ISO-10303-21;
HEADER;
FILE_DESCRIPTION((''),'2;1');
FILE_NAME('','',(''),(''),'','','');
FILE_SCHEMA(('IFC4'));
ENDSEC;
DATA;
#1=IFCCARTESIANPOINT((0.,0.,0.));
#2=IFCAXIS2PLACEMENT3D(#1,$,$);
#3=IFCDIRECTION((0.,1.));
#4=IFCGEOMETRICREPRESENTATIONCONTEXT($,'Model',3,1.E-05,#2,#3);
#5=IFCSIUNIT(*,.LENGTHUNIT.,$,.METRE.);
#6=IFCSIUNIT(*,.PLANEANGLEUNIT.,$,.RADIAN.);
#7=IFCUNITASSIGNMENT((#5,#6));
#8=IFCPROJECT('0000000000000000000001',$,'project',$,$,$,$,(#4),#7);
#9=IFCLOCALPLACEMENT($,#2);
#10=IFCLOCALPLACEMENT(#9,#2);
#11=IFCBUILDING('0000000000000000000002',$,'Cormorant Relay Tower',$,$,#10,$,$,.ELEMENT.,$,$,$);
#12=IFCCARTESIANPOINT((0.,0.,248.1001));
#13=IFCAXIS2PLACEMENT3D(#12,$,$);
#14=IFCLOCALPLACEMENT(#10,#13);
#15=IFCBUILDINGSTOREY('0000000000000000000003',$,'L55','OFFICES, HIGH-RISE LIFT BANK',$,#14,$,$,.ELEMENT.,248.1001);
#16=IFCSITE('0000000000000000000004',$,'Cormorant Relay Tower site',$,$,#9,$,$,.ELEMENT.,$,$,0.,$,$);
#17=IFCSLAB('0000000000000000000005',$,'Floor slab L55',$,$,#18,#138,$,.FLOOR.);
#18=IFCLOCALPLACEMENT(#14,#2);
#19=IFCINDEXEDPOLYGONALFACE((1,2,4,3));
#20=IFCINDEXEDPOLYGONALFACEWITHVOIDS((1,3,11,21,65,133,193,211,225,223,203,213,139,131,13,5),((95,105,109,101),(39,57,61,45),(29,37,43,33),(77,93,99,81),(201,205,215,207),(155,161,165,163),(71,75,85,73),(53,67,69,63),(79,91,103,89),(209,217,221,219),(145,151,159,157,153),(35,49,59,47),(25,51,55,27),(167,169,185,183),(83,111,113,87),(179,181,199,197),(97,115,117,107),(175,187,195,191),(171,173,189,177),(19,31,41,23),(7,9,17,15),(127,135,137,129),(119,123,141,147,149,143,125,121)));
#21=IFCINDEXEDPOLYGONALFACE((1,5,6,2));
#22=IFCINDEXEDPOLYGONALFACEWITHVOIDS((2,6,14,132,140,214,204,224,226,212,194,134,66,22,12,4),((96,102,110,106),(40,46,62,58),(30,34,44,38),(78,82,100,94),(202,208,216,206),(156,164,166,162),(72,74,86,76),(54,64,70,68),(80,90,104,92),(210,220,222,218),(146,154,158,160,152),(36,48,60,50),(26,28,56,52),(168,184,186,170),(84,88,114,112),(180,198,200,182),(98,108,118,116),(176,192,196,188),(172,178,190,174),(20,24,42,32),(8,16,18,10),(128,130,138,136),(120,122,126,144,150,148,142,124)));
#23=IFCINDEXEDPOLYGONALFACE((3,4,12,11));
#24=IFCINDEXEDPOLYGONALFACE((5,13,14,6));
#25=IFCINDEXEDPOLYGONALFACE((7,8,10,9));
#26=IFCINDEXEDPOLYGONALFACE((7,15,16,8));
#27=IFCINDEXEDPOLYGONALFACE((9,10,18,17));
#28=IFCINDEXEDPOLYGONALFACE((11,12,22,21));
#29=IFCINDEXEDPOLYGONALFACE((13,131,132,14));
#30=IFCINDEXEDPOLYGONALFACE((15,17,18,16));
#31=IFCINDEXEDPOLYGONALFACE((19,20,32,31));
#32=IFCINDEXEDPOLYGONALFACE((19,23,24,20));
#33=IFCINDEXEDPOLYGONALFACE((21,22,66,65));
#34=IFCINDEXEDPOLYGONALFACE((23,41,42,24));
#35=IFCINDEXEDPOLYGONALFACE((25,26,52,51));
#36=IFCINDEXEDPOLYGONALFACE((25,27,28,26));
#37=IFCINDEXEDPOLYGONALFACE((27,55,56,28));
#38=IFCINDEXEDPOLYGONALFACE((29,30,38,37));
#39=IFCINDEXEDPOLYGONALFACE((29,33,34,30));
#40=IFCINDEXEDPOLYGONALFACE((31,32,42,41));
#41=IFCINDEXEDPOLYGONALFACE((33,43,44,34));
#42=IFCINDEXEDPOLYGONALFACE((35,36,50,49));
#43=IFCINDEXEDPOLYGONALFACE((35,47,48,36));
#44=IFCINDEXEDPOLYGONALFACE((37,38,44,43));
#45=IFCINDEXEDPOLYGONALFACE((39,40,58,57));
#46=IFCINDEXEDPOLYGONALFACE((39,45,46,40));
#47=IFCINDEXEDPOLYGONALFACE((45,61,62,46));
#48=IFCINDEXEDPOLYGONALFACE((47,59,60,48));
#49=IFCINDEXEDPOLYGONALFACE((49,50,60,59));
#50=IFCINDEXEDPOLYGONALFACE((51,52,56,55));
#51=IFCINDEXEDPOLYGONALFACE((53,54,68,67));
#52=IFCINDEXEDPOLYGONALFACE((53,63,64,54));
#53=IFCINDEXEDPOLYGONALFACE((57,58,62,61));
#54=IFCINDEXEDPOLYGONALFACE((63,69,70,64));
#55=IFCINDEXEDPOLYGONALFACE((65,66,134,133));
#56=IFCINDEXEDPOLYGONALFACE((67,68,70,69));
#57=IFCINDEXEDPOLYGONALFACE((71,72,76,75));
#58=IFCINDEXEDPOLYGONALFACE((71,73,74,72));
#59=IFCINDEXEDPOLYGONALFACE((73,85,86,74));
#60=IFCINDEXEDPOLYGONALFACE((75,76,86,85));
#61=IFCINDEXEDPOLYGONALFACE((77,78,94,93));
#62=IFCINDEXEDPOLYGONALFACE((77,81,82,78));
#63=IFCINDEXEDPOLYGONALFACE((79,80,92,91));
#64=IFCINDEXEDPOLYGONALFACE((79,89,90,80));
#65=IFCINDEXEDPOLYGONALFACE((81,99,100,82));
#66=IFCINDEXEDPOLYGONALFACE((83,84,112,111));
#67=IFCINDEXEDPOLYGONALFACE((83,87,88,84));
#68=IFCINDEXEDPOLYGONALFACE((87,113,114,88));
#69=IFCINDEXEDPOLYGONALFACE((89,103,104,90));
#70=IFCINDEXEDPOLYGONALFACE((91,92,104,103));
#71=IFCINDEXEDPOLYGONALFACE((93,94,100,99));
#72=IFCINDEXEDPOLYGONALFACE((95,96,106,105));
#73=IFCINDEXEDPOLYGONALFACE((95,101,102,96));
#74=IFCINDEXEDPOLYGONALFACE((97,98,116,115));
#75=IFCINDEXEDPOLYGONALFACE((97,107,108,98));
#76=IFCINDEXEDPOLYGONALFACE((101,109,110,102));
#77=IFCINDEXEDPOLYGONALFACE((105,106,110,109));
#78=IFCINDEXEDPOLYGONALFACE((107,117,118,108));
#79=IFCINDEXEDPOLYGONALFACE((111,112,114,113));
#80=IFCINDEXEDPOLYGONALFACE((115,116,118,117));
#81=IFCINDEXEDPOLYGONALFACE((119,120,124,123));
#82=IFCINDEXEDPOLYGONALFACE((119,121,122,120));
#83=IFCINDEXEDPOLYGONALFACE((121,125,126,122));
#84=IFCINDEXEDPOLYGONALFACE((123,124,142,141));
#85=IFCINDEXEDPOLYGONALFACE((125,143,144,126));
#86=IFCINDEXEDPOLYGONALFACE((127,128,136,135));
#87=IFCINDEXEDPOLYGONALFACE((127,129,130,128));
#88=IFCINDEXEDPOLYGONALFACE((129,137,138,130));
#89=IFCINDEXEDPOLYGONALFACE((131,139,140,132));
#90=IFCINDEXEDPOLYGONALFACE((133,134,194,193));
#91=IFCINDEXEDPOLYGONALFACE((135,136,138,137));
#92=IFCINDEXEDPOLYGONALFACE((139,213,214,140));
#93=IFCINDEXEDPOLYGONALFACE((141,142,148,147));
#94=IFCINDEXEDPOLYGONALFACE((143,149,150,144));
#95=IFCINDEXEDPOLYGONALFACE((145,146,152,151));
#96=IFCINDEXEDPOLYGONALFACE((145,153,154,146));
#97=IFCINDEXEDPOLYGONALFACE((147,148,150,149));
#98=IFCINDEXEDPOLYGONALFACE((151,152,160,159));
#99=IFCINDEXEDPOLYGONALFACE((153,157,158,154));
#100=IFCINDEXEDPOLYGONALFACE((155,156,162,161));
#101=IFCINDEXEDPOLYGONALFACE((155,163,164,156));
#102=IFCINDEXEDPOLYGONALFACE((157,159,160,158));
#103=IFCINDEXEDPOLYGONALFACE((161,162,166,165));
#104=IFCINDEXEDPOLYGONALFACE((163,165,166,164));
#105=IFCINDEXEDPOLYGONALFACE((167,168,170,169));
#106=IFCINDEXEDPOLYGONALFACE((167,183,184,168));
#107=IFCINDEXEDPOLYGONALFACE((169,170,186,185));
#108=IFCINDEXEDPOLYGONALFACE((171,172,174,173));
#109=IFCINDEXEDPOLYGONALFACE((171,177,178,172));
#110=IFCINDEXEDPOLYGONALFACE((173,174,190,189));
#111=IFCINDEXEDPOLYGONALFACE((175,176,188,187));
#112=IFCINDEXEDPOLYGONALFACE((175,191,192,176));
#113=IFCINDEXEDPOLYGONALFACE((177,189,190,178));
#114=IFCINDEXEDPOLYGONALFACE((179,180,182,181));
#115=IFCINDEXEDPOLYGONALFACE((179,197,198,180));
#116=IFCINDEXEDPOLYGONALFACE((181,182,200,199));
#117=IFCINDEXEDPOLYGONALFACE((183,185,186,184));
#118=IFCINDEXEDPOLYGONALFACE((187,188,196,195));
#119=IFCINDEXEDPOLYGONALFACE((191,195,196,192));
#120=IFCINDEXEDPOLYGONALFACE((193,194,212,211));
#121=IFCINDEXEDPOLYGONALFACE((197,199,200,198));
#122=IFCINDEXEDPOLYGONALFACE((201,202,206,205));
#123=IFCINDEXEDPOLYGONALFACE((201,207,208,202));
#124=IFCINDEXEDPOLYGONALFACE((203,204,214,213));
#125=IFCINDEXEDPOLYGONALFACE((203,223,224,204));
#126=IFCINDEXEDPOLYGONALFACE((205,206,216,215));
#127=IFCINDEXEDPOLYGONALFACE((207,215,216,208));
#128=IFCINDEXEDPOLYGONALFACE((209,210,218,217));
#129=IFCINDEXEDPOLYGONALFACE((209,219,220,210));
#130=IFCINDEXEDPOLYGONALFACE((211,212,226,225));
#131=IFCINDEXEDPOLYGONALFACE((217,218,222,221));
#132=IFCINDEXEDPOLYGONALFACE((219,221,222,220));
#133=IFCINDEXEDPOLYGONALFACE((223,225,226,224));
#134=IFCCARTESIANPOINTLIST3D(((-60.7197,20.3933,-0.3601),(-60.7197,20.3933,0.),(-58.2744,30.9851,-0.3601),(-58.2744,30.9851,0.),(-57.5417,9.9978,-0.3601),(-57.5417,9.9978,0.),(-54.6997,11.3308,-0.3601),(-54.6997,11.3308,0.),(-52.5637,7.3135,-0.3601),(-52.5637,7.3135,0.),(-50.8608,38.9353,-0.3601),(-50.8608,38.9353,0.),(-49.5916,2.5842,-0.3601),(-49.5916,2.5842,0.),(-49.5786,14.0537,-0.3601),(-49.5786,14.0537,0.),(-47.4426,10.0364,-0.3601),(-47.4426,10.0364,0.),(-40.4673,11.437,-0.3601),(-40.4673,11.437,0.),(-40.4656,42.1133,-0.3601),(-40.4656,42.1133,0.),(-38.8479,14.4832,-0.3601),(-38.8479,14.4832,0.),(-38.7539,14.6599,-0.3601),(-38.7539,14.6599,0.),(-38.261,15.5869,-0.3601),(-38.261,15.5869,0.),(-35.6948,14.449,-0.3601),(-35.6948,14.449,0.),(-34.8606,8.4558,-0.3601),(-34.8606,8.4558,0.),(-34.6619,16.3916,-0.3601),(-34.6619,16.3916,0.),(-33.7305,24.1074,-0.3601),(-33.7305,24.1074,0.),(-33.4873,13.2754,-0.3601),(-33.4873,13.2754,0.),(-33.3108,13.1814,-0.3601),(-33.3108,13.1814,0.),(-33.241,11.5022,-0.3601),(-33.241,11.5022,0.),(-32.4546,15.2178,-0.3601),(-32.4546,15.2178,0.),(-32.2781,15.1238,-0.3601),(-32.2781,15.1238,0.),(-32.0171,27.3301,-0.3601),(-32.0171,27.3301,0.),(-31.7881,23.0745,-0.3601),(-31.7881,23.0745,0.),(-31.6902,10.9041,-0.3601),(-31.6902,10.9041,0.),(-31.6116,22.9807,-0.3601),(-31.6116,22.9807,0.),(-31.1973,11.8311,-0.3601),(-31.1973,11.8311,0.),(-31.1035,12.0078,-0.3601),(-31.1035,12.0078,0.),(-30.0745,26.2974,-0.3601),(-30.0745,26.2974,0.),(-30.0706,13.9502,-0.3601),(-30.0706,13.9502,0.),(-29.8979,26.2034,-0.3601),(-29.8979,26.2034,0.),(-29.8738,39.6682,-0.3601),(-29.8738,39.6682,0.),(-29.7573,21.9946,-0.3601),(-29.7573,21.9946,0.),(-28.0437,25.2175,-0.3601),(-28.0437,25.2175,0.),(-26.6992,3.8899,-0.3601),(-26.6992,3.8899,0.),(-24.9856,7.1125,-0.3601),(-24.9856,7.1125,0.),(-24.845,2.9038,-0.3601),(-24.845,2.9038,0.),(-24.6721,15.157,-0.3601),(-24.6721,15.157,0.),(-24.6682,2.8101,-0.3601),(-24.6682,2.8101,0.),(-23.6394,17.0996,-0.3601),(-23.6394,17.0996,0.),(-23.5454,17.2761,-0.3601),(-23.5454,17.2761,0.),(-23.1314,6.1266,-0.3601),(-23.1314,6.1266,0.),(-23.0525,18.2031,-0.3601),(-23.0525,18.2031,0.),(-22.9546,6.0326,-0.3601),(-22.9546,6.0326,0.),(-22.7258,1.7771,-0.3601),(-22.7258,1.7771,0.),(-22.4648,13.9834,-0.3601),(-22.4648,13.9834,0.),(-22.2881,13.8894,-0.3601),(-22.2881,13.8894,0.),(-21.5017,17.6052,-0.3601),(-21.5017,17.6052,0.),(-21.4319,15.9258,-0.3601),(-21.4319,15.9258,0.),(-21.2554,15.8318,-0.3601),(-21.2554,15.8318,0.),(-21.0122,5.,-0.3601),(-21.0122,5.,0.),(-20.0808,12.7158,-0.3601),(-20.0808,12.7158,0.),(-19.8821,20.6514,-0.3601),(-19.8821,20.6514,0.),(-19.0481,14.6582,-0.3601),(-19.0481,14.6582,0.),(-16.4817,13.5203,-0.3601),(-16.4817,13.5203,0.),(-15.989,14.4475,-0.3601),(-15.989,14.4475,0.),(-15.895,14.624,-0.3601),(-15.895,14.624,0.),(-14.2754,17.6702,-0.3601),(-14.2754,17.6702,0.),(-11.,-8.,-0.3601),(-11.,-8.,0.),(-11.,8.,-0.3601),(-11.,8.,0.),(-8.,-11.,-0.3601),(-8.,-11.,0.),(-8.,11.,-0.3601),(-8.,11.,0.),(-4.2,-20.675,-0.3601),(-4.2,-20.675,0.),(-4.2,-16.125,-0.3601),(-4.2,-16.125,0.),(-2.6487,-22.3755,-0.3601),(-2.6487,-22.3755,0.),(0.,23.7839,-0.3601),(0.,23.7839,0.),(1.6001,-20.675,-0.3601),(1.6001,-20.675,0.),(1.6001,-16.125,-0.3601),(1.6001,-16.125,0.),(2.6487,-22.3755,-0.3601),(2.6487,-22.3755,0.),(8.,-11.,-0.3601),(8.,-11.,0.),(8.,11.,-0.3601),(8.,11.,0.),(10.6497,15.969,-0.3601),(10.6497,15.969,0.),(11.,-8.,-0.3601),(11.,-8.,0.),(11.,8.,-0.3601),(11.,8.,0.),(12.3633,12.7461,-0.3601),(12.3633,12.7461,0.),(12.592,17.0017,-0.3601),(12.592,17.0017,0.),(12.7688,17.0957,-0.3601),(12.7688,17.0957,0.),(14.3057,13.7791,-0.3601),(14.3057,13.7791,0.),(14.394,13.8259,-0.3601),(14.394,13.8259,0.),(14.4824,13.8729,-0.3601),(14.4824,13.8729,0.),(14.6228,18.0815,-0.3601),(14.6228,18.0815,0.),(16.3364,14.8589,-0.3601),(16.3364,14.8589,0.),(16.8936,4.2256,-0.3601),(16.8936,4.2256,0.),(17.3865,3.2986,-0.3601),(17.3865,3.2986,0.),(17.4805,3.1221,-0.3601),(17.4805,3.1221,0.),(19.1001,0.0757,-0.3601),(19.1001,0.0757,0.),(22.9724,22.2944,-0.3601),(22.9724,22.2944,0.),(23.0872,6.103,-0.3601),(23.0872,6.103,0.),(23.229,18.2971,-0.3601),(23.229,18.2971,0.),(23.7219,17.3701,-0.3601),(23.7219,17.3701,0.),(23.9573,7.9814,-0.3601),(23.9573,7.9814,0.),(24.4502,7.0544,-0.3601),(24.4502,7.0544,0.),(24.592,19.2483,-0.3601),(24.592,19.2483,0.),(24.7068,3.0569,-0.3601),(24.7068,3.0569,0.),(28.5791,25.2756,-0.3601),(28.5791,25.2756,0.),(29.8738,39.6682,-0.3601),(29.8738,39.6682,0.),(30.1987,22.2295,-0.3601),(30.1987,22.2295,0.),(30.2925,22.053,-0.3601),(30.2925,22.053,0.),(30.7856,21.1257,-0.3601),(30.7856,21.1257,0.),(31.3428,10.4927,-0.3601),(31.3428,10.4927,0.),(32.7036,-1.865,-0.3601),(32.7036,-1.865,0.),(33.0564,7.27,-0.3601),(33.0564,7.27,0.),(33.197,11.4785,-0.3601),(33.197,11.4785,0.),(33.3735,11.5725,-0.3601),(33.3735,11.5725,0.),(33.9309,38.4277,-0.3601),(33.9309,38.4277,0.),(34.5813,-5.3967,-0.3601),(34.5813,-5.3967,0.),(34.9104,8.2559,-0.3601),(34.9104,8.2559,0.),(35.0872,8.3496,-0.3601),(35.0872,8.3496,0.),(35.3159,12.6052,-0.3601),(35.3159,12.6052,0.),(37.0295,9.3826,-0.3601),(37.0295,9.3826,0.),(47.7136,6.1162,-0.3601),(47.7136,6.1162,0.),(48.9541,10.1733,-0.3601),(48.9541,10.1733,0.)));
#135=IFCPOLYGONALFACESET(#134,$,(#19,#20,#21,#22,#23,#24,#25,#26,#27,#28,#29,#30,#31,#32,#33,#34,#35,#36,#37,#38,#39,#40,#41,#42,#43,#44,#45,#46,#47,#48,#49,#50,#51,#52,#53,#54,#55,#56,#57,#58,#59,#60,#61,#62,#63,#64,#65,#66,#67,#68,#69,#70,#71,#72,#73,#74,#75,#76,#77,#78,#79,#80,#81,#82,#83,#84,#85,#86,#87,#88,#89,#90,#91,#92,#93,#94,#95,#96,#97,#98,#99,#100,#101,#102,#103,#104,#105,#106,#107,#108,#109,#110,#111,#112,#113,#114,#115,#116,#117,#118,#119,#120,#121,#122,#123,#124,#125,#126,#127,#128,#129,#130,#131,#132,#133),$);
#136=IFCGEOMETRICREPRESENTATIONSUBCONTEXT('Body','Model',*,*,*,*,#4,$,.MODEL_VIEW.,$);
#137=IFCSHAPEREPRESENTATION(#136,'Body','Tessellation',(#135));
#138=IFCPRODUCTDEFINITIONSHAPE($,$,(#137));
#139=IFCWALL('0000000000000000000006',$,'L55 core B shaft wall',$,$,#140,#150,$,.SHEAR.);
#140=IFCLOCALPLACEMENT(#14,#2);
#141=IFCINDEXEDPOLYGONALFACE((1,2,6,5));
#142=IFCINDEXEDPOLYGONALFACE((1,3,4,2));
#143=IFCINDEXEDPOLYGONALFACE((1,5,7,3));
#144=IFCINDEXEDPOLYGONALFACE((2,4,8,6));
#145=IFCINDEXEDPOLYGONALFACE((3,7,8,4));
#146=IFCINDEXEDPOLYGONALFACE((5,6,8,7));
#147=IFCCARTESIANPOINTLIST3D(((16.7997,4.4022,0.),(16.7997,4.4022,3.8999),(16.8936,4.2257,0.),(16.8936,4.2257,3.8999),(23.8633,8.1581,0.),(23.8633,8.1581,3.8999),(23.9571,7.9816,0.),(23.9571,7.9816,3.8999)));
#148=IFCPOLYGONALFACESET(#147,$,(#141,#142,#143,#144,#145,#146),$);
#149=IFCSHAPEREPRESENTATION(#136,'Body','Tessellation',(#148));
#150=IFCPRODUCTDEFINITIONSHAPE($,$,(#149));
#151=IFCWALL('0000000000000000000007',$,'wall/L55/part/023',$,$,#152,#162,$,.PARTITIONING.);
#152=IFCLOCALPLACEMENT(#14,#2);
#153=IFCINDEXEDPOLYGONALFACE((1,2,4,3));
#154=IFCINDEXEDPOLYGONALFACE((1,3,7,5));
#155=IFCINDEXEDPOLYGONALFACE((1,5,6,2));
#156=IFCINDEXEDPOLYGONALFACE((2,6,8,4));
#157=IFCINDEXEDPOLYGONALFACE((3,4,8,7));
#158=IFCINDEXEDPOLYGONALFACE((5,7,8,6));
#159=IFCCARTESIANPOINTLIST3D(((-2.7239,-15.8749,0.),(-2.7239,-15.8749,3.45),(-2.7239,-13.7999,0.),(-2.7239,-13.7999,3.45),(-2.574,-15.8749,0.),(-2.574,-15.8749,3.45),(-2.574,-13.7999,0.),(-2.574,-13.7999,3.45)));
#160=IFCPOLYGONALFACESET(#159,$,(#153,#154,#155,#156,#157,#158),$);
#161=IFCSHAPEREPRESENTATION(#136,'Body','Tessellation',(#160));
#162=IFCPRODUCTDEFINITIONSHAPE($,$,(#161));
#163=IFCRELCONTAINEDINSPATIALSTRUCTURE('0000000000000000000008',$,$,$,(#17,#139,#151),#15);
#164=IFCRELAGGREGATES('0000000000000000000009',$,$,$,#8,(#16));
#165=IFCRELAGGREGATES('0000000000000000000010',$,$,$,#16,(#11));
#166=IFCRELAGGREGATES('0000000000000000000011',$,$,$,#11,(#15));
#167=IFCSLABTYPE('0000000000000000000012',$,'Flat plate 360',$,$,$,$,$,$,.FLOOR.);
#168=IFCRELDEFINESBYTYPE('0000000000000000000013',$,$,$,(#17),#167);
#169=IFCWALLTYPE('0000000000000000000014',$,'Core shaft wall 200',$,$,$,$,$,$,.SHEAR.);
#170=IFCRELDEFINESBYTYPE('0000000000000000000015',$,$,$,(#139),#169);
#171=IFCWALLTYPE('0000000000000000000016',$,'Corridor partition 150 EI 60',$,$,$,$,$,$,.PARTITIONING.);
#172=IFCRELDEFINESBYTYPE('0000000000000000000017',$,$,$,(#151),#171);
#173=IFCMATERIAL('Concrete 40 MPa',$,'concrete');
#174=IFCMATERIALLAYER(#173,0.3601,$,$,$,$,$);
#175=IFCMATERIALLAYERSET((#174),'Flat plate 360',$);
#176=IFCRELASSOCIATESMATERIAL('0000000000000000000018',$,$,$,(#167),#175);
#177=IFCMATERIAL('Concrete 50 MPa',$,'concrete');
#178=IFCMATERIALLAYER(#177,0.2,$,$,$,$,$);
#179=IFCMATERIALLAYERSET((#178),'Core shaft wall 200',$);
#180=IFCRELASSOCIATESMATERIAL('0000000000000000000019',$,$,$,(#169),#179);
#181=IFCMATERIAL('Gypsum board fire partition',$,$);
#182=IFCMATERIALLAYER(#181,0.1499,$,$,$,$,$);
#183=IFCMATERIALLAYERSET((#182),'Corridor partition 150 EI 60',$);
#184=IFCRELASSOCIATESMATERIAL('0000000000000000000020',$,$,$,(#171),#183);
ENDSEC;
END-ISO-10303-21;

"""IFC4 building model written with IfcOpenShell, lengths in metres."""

from ifc_helpers import new_model, si_unit, direction, frame, frame_2d, origin, place, context, subcontext, project, spatial, polyline, rectangle, outline, extrude, material, layer, layer_set, type_object, element, save


model = new_model("IFC4")

# Units and contexts
model_context = context("Model", 3, precision=1e-05, world=origin(), true_north=direction((0.0, 1.0)))
body_context = subcontext(model_context, "Body", "Model", "MODEL_VIEW")
ifc_project = project(units=[si_unit("LENGTHUNIT", "METRE"), si_unit("PLANEANGLEUNIT", "RADIAN")], contexts=[model_context])

# Site, building, storey
site_placement = place(None, origin())
site = spatial("IfcSite", under=ifc_project, at=site_placement, Name="Cormorant Relay Tower site", CompositionType="ELEMENT", RefElevation=0.0)
building_placement = place(site_placement, origin())
building = spatial("IfcBuilding", under=site, at=building_placement, Name="Cormorant Relay Tower", CompositionType="ELEMENT")
storey_placement = place(building_placement, frame((0.0, 0.0, 248.1001)))
storey = spatial("IfcBuildingStorey", under=building, at=storey_placement, Name="L55", Description="OFFICES, HIGH-RISE LIFT BANK", CompositionType="ELEMENT", Elevation=248.1001)

# Slab
ifc_material_1 = material(Name="Concrete 40 MPa", Category="concrete")
ifc_layer_1 = layer(ifc_material_1, 0.3601)
ifc_layer_set_1 = layer_set([ifc_layer_1], Name="Flat plate 360")
slab_type_1 = type_object("IfcSlabType", Name="Flat plate 360", PredefinedType="FLOOR", material=ifc_layer_set_1)
slab_1_placement = place(storey_placement, frame((0.0, 0.0, -0.3601)))
element("IfcSlab", 1, at=slab_1_placement, inside=storey, type_object=slab_type_1, Name="Floor slab L55", PredefinedType="FLOOR", context=body_context, shape_type="SweptSolid", body=[
    extrude(outline(polyline([(-60.7197, 20.3933), (-58.2744, 30.9851), (-50.8608, 38.9353), (-40.4656, 42.1133), (-29.8738, 39.6682), (0.0, 23.7839), (29.8738, 39.6682), (33.9309, 38.4277), (48.9541, 10.1733), (47.7136, 6.1162), (32.7036, -1.865), (34.5813, -5.3967), (2.6487, -22.3755), (-2.6487, -22.3755), (-49.5916, 2.5842), (-57.5417, 9.9978), (-60.7197, 20.3933)]), holes=[polyline([(11.0, -8.0), (11.0, 8.0), (8.0, 11.0), (-8.0, 11.0), (-11.0, 8.0), (-11.0, -8.0), (-8.0, -11.0), (8.0, -11.0), (11.0, -8.0)]), polyline([(-22.9546, 6.0327), (-24.6682, 2.8101), (-22.7258, 1.7771), (-21.0122, 5.0), (-23.043, 6.0796), (-22.9546, 6.0327)]), polyline([(-24.9856, 7.1125), (-26.6992, 3.8899), (-24.845, 2.9038), (-23.1313, 6.1267), (-23.043, 6.0796), (-24.9856, 7.1125)]), polyline([(-54.6997, 11.3308), (-52.5637, 7.3135), (-47.4426, 10.0364), (-49.5786, 14.0537), (-54.6997, 11.3308)]), polyline([(-33.241, 11.5022), (-38.8479, 14.4832), (-40.4673, 11.437), (-34.8606, 8.4558), (-33.241, 11.5022)]), polyline([(-38.261, 15.5869), (-38.7539, 14.6599), (-31.6902, 10.9041), (-31.1973, 11.8311), (-38.261, 15.5869)]), polyline([(-31.1035, 12.0078), (-30.0706, 13.9502), (-32.2781, 15.1238), (-33.3108, 13.1814), (-31.1035, 12.0078)]), polyline([(-22.2881, 13.8894), (-20.0808, 12.7158), (-19.0481, 14.6582), (-21.2554, 15.8318), (-22.2881, 13.8894)]), polyline([(-34.6619, 16.3916), (-35.6948, 14.449), (-33.4873, 13.2754), (-32.4546, 15.2178), (-34.6619, 16.3916)]), polyline([(-22.4648, 13.9834), (-21.4319, 15.9258), (-23.6394, 17.0996), (-24.6721, 15.157), (-22.4648, 13.9834)]), polyline([(-31.6116, 22.9807), (-29.7573, 21.9946), (-28.0437, 25.2175), (-29.8979, 26.2034), (-31.6116, 22.9807)]), polyline([(-32.0171, 27.3301), (-33.7305, 24.1074), (-31.7881, 23.0745), (-30.0745, 26.2974), (-32.0171, 27.3301)]), polyline([(-4.2, -16.125), (-4.2, -20.675), (1.6001, -20.675), (1.6001, -16.125), (-4.2, -16.125)]), polyline([(17.4805, 3.1221), (19.1001, 0.0757), (24.7068, 3.0569), (23.0872, 6.103), (17.4805, 3.1221)]), polyline([(17.3865, 3.2986), (24.4502, 7.0544), (23.9573, 7.9814), (16.8936, 4.2256), (17.3865, 3.2986)]), polyline([(33.197, 11.4785), (31.3428, 10.4927), (33.0564, 7.27), (34.9104, 8.2559), (33.197, 11.4785)]), polyline([(33.3735, 11.5725), (35.0872, 8.3496), (37.0295, 9.3826), (35.3159, 12.6052), (33.3735, 11.5725)]), polyline([(14.3057, 13.7791), (12.592, 17.0017), (10.6497, 15.969), (12.3633, 12.7461), (14.394, 13.8259), (14.3057, 13.7791)]), polyline([(16.3364, 14.8589), (14.6228, 18.0815), (12.7688, 17.0957), (14.4824, 13.8728), (14.394, 13.8259), (16.3364, 14.8589)]), polyline([(-16.4817, 13.5203), (-15.989, 14.4475), (-23.0525, 18.2031), (-23.5454, 17.2761), (-16.4817, 13.5203)]), polyline([(-15.895, 14.624), (-14.2754, 17.6702), (-19.8821, 20.6514), (-21.5017, 17.6052), (-15.895, 14.624)]), polyline([(30.7856, 21.1257), (30.2925, 22.053), (23.229, 18.2971), (23.7219, 17.3701), (30.7856, 21.1257)]), polyline([(24.592, 19.2483), (30.1987, 22.2295), (28.5791, 25.2756), (22.9724, 22.2944), (24.592, 19.2483)])]), origin(), (0.0, 0.0, 1.0), 0.3601),
])

# Walls
ifc_material_2 = material(Name="Concrete 50 MPa", Category="concrete")
ifc_layer_2 = layer(ifc_material_2, 0.2)
ifc_layer_set_2 = layer_set([ifc_layer_2], Name="Core shaft wall 200")
wall_type_1 = type_object("IfcWallType", Name="Core shaft wall 200", PredefinedType="SHEAR", material=ifc_layer_set_2)
wall_1_placement = place(storey_placement, frame((16.8467, 4.314, 0.0), z_axis=(0.0, 0.0, 1.0), x_axis=(0.88294, 0.469485, 0.0)))
element("IfcWall", 2, at=wall_1_placement, inside=storey, type_object=wall_type_1, Name="L55 core B shaft wall", PredefinedType="SHEAR", context=body_context, shape_type="SweptSolid", body=[
    extrude(rectangle(XDim=8.0, YDim=0.2, at=frame_2d((4.0, 0.0))), origin(), (0.0, 0.0, 1.0), 3.8999),
])
ifc_material_3 = material(Name="Gypsum board fire partition")
ifc_layer_3 = layer(ifc_material_3, 0.1499)
ifc_layer_set_3 = layer_set([ifc_layer_3], Name="Corridor partition 150 EI 60")
wall_type_2 = type_object("IfcWallType", Name="Corridor partition 150 EI 60", PredefinedType="PARTITIONING", material=ifc_layer_set_3)
wall_2_placement = place(storey_placement, frame((-2.6489, -15.875, 0.0), z_axis=(0.0, 0.0, 1.0), x_axis=(0.0, 1.0, 0.0)))
element("IfcWall", 3, at=wall_2_placement, inside=storey, type_object=wall_type_2, Name="wall/L55/part/023", PredefinedType="PARTITIONING", context=body_context, shape_type="SweptSolid", body=[
    extrude(rectangle(XDim=2.075, YDim=0.1499, at=frame_2d((1.0376, 0.0))), origin(), (0.0, 0.0, 1.0), 3.45),
])

save(model, "model.ifc")
